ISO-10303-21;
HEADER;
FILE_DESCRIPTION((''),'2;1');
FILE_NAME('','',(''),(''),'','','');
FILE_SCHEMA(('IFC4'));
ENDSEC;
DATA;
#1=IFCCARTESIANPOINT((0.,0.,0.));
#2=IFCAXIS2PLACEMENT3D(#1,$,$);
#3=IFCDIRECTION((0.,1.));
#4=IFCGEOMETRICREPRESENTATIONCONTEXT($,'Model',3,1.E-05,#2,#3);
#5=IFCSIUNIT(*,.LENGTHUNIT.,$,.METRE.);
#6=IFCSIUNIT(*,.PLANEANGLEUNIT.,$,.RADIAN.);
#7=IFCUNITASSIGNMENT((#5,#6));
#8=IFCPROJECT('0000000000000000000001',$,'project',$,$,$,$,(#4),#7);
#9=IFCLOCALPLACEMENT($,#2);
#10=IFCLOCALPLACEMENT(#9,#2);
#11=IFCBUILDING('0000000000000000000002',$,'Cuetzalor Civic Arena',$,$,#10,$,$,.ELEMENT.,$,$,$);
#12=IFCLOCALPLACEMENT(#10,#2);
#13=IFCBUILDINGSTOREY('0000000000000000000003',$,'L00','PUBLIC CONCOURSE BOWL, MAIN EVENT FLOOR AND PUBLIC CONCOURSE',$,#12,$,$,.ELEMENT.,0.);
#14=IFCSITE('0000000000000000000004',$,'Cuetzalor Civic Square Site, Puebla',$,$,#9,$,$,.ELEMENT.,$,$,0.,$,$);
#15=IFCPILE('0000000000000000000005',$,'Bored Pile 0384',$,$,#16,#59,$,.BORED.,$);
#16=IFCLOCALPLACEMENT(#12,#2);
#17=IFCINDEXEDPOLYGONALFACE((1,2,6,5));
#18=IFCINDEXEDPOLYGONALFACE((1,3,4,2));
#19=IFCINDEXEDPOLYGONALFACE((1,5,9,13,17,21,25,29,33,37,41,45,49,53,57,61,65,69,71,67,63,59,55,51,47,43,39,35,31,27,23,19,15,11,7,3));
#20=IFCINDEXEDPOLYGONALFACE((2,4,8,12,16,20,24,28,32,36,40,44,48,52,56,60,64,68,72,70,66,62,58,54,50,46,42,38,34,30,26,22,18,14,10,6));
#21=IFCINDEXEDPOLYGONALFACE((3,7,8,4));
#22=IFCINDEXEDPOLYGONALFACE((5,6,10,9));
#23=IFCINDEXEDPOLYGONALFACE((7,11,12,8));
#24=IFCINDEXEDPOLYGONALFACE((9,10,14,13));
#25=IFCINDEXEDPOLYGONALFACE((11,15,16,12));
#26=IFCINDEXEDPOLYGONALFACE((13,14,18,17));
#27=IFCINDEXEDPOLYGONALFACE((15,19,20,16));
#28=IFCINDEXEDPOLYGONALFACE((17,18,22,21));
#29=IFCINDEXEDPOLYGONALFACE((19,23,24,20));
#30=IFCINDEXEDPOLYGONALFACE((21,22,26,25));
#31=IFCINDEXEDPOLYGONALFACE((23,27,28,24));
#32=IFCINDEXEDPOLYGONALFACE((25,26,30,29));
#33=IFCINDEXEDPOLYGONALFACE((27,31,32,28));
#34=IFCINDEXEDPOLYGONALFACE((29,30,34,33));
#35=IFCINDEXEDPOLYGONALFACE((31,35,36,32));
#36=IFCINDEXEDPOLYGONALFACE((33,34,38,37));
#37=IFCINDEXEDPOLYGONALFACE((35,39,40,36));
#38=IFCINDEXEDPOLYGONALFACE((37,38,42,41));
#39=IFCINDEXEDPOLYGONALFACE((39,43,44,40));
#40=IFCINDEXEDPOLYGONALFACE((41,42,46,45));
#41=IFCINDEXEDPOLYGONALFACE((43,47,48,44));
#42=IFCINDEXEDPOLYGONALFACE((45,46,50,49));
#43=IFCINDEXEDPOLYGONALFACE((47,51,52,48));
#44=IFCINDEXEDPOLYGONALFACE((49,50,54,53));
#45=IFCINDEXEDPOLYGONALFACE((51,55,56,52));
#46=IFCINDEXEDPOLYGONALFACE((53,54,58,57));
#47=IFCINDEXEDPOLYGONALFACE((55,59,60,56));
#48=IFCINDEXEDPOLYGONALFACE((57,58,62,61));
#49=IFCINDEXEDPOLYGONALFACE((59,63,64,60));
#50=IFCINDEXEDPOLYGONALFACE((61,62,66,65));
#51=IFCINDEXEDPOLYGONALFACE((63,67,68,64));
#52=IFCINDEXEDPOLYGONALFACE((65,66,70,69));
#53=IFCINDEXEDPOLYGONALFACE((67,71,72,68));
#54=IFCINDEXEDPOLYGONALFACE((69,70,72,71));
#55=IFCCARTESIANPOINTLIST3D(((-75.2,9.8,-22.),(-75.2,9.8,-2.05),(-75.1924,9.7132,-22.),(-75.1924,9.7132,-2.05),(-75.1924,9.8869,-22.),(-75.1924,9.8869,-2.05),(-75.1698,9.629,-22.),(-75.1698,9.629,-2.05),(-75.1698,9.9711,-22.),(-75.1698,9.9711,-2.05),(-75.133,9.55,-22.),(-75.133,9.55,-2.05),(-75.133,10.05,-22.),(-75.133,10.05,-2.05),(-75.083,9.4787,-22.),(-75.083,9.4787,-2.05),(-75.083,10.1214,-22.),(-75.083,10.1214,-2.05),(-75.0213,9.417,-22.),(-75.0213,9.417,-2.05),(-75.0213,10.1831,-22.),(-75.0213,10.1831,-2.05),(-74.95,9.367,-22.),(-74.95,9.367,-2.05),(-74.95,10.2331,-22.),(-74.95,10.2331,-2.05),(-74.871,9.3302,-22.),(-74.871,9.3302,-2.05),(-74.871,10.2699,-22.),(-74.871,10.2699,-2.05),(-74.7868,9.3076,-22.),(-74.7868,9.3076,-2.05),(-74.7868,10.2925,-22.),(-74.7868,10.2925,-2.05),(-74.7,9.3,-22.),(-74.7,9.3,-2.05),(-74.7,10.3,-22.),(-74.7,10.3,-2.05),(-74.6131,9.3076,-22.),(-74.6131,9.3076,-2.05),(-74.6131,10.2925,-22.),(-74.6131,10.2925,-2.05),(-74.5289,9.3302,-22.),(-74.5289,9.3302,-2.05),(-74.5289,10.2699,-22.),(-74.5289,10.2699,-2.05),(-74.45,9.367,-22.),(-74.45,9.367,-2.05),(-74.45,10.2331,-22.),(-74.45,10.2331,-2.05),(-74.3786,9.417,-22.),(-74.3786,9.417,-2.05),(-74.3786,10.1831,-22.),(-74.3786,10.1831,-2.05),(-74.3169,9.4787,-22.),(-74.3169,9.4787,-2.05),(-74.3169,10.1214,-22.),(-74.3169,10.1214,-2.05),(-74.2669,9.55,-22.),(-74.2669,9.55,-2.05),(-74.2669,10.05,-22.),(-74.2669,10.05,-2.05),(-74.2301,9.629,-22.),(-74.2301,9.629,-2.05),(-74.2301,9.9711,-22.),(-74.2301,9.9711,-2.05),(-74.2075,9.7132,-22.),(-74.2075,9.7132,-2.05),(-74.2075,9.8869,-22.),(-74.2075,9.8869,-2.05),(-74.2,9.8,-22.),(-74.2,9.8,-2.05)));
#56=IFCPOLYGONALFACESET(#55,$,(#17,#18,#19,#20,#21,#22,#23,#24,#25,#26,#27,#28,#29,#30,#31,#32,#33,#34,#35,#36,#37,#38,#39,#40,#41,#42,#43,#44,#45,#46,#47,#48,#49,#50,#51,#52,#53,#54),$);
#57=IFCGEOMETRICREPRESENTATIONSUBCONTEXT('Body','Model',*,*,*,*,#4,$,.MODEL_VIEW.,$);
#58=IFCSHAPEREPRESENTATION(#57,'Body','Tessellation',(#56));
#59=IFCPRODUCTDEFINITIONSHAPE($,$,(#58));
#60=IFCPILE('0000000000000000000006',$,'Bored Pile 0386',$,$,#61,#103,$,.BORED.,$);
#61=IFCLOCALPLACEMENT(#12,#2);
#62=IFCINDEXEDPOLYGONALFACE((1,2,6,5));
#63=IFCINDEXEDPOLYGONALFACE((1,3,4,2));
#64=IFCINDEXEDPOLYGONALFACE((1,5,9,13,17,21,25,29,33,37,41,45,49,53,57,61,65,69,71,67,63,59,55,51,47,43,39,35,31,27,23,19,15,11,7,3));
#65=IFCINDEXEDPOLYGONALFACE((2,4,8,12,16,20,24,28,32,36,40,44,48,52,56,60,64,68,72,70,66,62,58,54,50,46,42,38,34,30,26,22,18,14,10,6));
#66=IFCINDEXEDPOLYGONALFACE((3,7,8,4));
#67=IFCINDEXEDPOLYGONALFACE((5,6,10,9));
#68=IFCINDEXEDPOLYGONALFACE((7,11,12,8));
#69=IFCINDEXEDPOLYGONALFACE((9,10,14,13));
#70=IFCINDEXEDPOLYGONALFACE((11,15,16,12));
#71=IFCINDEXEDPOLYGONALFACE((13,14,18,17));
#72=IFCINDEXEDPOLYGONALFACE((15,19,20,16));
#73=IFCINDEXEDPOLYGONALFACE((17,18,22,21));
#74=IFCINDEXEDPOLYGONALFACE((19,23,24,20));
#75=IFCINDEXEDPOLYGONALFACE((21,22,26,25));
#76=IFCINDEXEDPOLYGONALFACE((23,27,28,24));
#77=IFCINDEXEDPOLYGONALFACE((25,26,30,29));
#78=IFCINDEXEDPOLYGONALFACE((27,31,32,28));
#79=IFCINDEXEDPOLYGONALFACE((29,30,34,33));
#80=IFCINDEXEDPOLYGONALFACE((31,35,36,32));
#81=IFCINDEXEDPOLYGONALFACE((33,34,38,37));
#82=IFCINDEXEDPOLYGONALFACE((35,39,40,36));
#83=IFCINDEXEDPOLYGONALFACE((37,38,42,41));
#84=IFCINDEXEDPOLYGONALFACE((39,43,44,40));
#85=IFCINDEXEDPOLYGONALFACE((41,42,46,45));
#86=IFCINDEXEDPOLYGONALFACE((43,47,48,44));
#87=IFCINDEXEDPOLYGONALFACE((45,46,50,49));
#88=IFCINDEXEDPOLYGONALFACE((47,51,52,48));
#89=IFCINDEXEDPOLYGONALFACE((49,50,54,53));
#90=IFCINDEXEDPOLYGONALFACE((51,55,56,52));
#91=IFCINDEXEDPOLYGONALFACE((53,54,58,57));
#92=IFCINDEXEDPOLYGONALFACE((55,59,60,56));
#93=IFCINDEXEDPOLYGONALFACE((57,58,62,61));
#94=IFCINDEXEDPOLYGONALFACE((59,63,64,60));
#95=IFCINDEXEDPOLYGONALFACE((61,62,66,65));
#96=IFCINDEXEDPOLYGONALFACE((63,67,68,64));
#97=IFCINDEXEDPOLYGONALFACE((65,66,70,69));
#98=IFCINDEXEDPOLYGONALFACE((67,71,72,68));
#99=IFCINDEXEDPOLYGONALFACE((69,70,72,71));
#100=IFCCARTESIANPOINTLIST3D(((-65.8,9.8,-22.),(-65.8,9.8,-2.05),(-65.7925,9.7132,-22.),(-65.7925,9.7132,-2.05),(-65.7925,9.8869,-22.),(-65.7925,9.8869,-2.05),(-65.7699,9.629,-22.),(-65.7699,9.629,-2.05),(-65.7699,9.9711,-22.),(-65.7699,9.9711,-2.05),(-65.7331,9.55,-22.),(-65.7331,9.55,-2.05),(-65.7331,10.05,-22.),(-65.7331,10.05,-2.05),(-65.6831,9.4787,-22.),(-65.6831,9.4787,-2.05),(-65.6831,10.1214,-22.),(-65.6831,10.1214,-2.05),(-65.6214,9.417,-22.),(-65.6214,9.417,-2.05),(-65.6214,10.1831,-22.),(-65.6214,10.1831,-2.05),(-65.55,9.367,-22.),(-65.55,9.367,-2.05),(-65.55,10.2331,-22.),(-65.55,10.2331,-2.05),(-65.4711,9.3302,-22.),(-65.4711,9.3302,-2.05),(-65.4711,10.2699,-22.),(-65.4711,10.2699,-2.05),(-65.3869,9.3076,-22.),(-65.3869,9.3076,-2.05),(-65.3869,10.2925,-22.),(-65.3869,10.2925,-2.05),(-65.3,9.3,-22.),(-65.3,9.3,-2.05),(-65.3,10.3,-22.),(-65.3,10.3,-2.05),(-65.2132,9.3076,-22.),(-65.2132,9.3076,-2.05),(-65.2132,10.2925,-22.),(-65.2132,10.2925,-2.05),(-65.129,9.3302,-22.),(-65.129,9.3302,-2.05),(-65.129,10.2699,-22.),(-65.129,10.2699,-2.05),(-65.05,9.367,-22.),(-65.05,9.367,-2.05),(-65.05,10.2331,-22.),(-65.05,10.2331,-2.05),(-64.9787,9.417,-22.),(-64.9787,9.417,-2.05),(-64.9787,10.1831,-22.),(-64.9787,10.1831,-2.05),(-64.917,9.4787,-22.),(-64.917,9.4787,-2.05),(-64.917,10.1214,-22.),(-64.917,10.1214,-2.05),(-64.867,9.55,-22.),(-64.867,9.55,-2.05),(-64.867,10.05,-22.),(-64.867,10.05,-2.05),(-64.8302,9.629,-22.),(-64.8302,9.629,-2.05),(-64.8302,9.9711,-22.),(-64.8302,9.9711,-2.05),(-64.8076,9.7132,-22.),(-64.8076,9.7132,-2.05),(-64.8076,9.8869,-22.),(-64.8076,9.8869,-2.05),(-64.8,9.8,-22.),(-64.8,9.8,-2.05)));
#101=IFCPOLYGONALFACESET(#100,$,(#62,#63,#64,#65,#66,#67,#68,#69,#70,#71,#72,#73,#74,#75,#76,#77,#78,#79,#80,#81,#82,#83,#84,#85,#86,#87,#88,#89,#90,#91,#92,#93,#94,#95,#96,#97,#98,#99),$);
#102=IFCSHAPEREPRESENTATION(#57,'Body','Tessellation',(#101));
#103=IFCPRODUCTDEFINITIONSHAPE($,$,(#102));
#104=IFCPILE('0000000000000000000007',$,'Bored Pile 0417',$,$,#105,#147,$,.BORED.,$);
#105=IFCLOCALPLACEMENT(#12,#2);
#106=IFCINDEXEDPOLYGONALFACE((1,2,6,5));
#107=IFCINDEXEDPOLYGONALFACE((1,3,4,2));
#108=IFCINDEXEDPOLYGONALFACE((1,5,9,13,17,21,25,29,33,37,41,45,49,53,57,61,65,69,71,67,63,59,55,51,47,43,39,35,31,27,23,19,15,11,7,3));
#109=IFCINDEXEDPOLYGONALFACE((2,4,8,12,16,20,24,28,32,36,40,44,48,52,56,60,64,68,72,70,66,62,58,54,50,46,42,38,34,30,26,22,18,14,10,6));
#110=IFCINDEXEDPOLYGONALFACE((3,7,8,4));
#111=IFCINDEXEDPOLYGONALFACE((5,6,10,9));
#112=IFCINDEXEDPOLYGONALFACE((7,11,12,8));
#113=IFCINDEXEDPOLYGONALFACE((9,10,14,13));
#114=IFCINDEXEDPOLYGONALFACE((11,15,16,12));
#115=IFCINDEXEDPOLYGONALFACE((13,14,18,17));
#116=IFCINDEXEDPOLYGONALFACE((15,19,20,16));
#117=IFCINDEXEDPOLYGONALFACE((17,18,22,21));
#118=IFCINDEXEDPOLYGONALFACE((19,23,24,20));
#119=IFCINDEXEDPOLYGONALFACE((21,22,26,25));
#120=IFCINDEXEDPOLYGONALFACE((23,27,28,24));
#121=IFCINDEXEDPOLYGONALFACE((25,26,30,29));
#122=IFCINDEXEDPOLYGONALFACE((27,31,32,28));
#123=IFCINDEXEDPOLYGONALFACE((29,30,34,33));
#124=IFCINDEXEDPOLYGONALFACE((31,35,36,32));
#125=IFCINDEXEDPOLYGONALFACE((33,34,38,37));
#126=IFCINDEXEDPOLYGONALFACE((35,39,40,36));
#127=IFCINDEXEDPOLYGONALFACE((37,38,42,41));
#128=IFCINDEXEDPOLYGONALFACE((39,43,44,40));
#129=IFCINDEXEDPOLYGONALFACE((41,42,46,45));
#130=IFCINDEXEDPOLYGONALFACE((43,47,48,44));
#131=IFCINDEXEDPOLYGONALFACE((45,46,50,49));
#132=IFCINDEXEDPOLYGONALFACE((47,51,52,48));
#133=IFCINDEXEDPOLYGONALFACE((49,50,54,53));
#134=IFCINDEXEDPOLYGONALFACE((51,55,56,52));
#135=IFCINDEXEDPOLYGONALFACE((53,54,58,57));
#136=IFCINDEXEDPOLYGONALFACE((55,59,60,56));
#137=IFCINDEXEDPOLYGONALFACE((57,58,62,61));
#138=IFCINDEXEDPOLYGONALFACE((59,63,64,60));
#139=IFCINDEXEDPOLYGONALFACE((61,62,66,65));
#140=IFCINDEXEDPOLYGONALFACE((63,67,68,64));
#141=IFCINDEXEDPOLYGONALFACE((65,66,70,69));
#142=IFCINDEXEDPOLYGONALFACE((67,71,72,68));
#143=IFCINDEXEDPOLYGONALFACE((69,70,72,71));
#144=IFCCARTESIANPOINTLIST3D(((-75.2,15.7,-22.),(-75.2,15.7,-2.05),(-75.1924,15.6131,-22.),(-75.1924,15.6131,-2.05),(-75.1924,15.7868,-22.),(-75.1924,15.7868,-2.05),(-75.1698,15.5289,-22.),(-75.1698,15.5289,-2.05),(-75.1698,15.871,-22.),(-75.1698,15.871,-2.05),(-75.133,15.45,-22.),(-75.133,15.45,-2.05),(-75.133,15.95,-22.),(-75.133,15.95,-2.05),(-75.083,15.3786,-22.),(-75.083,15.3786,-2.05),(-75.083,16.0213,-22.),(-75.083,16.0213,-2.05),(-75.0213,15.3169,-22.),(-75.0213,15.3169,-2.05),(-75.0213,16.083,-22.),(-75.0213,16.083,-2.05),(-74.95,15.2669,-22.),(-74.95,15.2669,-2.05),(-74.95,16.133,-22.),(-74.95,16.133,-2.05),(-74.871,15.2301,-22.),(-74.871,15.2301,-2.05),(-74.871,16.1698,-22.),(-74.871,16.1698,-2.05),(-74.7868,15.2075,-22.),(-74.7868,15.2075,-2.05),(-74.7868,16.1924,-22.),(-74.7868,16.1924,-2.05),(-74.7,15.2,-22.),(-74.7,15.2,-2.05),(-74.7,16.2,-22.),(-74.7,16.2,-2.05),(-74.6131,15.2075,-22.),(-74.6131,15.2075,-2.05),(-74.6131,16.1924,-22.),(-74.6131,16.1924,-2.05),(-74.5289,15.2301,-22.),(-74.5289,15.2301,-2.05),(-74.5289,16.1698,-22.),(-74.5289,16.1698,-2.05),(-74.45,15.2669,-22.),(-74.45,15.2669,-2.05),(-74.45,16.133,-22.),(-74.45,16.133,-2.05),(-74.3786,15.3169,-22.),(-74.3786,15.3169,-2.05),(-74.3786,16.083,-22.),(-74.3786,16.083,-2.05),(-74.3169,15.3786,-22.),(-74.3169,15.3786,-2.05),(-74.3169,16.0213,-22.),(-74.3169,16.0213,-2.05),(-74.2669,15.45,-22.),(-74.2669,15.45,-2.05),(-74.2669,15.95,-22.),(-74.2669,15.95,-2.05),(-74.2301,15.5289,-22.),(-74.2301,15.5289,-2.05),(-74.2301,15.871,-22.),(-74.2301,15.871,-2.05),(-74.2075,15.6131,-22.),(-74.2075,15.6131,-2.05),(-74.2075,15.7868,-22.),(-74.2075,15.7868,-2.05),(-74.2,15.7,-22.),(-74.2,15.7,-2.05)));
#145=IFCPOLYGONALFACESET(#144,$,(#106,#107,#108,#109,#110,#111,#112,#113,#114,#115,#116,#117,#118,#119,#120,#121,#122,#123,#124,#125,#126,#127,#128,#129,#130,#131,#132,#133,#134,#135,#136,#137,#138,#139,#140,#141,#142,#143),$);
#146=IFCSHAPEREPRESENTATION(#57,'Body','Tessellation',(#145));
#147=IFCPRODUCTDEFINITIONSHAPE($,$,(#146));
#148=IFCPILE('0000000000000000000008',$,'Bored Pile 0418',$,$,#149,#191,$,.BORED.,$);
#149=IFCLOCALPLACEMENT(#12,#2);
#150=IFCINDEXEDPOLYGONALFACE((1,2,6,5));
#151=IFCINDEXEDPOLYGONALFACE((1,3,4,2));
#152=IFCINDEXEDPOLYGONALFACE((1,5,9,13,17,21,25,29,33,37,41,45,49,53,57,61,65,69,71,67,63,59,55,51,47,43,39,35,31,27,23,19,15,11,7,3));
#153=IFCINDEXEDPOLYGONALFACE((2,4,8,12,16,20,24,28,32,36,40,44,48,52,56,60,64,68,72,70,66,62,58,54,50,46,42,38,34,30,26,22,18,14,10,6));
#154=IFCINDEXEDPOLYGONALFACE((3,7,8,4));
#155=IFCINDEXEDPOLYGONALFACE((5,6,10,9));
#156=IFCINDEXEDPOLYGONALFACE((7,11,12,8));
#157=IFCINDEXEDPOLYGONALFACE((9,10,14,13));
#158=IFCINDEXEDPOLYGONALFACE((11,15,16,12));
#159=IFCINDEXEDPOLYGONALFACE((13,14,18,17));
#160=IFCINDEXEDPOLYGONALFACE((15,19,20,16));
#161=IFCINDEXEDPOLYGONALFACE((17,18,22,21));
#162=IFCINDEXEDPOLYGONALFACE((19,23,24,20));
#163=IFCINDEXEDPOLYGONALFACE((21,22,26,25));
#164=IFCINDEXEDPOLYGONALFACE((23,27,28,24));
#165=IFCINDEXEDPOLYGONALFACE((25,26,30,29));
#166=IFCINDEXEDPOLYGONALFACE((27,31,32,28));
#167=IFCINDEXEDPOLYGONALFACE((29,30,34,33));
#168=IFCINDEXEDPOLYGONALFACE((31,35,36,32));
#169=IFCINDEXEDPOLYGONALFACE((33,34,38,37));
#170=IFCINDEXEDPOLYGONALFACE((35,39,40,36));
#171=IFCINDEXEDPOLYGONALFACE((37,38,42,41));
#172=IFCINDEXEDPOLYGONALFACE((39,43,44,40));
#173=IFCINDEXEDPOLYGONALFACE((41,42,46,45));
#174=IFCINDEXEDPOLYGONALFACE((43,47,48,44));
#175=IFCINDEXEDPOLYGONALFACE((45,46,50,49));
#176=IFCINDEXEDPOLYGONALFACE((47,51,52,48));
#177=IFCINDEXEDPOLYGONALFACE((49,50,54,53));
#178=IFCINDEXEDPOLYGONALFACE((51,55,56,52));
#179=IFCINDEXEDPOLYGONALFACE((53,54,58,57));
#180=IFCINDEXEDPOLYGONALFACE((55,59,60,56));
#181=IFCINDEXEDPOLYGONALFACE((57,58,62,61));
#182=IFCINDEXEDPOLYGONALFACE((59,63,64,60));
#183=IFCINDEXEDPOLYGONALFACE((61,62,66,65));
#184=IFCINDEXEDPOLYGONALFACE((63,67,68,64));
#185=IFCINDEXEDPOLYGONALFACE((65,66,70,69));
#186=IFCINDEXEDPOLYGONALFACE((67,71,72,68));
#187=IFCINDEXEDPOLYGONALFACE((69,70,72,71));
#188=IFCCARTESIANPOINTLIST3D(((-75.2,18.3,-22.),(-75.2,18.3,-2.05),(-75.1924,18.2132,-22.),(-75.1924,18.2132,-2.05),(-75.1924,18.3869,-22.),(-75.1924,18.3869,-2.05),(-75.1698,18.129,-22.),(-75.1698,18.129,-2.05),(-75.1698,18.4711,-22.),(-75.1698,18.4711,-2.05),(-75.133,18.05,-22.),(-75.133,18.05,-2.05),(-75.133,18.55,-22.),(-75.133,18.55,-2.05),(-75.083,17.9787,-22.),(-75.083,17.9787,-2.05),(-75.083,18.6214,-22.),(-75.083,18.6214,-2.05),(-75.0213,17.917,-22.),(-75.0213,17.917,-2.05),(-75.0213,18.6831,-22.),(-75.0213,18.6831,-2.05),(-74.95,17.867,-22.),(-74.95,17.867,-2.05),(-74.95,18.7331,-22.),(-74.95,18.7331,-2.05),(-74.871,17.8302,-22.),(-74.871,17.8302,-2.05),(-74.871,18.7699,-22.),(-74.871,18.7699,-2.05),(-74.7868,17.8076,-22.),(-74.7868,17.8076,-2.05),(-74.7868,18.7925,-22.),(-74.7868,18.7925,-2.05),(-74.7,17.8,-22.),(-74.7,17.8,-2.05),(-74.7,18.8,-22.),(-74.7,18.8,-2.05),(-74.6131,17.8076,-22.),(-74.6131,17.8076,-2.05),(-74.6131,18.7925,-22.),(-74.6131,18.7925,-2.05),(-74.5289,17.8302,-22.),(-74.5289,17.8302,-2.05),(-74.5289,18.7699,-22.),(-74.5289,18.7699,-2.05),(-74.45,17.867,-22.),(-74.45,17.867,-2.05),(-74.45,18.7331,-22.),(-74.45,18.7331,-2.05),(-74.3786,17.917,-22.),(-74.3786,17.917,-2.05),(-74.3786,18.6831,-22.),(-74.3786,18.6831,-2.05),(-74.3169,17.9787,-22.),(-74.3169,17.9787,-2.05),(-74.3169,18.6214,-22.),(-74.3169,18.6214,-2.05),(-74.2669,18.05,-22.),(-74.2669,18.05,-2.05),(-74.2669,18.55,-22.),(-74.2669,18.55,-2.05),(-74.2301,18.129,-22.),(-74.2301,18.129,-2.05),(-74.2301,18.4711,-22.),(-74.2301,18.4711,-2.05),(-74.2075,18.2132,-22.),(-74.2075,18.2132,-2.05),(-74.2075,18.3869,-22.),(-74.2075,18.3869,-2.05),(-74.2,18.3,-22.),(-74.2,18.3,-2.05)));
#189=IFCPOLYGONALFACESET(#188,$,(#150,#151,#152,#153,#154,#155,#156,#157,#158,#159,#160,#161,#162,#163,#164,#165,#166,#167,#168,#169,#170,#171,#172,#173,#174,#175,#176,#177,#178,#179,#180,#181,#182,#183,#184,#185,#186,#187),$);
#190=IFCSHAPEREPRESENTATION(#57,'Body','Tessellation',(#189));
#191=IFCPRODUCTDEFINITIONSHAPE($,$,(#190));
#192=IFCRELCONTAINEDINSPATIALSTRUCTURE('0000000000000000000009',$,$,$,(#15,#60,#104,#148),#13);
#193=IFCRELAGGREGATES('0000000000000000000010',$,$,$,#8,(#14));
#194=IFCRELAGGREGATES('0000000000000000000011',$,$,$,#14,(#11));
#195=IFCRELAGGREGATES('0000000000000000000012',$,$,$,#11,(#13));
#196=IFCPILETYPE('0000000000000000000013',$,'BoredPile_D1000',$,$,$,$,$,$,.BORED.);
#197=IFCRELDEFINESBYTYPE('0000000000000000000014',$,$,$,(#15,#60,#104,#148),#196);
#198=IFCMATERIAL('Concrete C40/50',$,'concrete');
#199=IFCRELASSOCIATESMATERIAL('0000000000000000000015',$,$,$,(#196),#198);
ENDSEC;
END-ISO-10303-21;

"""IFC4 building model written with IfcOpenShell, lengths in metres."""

from ifc_helpers import new_model, si_unit, direction, frame, origin, origin_2d, place, context, subcontext, project, spatial, circle, extrude, material, material_profile, profile_set, type_object, element, save


model = new_model("IFC4")

# Units and contexts
model_context = context("Model", 3, precision=1e-05, world=origin(), true_north=direction((0.0, 1.0)))
body_context = subcontext(model_context, "Body", "Model", "MODEL_VIEW")
ifc_project = project(units=[si_unit("LENGTHUNIT", "METRE"), si_unit("PLANEANGLEUNIT", "RADIAN")], contexts=[model_context])

# Site, building, storey
site_placement = place(None, origin())
site = spatial("IfcSite", under=ifc_project, at=site_placement, Name="Cuetzalor Civic Square Site, Puebla", CompositionType="ELEMENT", RefElevation=0.0)
building_placement = place(site_placement, origin())
building = spatial("IfcBuilding", under=site, at=building_placement, Name="Cuetzalor Civic Arena", CompositionType="ELEMENT")
storey_placement = place(building_placement, origin())
storey = spatial("IfcBuildingStorey", under=building, at=storey_placement, Name="L00", Description="PUBLIC CONCOURSE BOWL, MAIN EVENT FLOOR AND PUBLIC CONCOURSE", CompositionType="ELEMENT", Elevation=0.0)

# Piles
ifc_material_1 = material(Name="Concrete C40/50", Category="concrete")
ifc_material_profile_1 = material_profile(ifc_material_1, circle(Radius=0.5, at=origin_2d()), Name="BORED PILE D1000")
ifc_profile_set_1 = profile_set([ifc_material_profile_1], Name="Concrete C40/50")
pile_type = type_object("IfcPileType", Name="BoredPile_D1000", PredefinedType="BORED", material=ifc_profile_set_1)
for number, where, z_axis, x_axis, name in (
    (1, (-74.7, 9.8, -2.05), (0.0, 0.0, -1.0), (1.0, 0.0, 0.0), "Bored Pile 0384"),
    (2, (-65.3, 9.8, -2.05), (0.0, 0.0, -1.0), (1.0, 0.0, 0.0), "Bored Pile 0386"),
    (3, (-74.7, 15.7, -2.05), (0.0, 0.0, -1.0), (1.0, 0.0, 0.0), "Bored Pile 0417"),
    (4, (-74.7, 18.3, -2.05), (0.0, 0.0, -1.0), (1.0, 0.0, 0.0), "Bored Pile 0418"),
):
    element("IfcPile", number, at=place(storey_placement, frame(where, z_axis=z_axis, x_axis=x_axis)), inside=storey, type_object=pile_type, Name=name, PredefinedType="BORED", context=body_context, shape_type="SweptSolid", body=[
        extrude(circle(Radius=0.5, at=origin_2d()), origin(), (0.0, 0.0, 1.0), 19.95),
    ])

save(model, "model.ifc")
